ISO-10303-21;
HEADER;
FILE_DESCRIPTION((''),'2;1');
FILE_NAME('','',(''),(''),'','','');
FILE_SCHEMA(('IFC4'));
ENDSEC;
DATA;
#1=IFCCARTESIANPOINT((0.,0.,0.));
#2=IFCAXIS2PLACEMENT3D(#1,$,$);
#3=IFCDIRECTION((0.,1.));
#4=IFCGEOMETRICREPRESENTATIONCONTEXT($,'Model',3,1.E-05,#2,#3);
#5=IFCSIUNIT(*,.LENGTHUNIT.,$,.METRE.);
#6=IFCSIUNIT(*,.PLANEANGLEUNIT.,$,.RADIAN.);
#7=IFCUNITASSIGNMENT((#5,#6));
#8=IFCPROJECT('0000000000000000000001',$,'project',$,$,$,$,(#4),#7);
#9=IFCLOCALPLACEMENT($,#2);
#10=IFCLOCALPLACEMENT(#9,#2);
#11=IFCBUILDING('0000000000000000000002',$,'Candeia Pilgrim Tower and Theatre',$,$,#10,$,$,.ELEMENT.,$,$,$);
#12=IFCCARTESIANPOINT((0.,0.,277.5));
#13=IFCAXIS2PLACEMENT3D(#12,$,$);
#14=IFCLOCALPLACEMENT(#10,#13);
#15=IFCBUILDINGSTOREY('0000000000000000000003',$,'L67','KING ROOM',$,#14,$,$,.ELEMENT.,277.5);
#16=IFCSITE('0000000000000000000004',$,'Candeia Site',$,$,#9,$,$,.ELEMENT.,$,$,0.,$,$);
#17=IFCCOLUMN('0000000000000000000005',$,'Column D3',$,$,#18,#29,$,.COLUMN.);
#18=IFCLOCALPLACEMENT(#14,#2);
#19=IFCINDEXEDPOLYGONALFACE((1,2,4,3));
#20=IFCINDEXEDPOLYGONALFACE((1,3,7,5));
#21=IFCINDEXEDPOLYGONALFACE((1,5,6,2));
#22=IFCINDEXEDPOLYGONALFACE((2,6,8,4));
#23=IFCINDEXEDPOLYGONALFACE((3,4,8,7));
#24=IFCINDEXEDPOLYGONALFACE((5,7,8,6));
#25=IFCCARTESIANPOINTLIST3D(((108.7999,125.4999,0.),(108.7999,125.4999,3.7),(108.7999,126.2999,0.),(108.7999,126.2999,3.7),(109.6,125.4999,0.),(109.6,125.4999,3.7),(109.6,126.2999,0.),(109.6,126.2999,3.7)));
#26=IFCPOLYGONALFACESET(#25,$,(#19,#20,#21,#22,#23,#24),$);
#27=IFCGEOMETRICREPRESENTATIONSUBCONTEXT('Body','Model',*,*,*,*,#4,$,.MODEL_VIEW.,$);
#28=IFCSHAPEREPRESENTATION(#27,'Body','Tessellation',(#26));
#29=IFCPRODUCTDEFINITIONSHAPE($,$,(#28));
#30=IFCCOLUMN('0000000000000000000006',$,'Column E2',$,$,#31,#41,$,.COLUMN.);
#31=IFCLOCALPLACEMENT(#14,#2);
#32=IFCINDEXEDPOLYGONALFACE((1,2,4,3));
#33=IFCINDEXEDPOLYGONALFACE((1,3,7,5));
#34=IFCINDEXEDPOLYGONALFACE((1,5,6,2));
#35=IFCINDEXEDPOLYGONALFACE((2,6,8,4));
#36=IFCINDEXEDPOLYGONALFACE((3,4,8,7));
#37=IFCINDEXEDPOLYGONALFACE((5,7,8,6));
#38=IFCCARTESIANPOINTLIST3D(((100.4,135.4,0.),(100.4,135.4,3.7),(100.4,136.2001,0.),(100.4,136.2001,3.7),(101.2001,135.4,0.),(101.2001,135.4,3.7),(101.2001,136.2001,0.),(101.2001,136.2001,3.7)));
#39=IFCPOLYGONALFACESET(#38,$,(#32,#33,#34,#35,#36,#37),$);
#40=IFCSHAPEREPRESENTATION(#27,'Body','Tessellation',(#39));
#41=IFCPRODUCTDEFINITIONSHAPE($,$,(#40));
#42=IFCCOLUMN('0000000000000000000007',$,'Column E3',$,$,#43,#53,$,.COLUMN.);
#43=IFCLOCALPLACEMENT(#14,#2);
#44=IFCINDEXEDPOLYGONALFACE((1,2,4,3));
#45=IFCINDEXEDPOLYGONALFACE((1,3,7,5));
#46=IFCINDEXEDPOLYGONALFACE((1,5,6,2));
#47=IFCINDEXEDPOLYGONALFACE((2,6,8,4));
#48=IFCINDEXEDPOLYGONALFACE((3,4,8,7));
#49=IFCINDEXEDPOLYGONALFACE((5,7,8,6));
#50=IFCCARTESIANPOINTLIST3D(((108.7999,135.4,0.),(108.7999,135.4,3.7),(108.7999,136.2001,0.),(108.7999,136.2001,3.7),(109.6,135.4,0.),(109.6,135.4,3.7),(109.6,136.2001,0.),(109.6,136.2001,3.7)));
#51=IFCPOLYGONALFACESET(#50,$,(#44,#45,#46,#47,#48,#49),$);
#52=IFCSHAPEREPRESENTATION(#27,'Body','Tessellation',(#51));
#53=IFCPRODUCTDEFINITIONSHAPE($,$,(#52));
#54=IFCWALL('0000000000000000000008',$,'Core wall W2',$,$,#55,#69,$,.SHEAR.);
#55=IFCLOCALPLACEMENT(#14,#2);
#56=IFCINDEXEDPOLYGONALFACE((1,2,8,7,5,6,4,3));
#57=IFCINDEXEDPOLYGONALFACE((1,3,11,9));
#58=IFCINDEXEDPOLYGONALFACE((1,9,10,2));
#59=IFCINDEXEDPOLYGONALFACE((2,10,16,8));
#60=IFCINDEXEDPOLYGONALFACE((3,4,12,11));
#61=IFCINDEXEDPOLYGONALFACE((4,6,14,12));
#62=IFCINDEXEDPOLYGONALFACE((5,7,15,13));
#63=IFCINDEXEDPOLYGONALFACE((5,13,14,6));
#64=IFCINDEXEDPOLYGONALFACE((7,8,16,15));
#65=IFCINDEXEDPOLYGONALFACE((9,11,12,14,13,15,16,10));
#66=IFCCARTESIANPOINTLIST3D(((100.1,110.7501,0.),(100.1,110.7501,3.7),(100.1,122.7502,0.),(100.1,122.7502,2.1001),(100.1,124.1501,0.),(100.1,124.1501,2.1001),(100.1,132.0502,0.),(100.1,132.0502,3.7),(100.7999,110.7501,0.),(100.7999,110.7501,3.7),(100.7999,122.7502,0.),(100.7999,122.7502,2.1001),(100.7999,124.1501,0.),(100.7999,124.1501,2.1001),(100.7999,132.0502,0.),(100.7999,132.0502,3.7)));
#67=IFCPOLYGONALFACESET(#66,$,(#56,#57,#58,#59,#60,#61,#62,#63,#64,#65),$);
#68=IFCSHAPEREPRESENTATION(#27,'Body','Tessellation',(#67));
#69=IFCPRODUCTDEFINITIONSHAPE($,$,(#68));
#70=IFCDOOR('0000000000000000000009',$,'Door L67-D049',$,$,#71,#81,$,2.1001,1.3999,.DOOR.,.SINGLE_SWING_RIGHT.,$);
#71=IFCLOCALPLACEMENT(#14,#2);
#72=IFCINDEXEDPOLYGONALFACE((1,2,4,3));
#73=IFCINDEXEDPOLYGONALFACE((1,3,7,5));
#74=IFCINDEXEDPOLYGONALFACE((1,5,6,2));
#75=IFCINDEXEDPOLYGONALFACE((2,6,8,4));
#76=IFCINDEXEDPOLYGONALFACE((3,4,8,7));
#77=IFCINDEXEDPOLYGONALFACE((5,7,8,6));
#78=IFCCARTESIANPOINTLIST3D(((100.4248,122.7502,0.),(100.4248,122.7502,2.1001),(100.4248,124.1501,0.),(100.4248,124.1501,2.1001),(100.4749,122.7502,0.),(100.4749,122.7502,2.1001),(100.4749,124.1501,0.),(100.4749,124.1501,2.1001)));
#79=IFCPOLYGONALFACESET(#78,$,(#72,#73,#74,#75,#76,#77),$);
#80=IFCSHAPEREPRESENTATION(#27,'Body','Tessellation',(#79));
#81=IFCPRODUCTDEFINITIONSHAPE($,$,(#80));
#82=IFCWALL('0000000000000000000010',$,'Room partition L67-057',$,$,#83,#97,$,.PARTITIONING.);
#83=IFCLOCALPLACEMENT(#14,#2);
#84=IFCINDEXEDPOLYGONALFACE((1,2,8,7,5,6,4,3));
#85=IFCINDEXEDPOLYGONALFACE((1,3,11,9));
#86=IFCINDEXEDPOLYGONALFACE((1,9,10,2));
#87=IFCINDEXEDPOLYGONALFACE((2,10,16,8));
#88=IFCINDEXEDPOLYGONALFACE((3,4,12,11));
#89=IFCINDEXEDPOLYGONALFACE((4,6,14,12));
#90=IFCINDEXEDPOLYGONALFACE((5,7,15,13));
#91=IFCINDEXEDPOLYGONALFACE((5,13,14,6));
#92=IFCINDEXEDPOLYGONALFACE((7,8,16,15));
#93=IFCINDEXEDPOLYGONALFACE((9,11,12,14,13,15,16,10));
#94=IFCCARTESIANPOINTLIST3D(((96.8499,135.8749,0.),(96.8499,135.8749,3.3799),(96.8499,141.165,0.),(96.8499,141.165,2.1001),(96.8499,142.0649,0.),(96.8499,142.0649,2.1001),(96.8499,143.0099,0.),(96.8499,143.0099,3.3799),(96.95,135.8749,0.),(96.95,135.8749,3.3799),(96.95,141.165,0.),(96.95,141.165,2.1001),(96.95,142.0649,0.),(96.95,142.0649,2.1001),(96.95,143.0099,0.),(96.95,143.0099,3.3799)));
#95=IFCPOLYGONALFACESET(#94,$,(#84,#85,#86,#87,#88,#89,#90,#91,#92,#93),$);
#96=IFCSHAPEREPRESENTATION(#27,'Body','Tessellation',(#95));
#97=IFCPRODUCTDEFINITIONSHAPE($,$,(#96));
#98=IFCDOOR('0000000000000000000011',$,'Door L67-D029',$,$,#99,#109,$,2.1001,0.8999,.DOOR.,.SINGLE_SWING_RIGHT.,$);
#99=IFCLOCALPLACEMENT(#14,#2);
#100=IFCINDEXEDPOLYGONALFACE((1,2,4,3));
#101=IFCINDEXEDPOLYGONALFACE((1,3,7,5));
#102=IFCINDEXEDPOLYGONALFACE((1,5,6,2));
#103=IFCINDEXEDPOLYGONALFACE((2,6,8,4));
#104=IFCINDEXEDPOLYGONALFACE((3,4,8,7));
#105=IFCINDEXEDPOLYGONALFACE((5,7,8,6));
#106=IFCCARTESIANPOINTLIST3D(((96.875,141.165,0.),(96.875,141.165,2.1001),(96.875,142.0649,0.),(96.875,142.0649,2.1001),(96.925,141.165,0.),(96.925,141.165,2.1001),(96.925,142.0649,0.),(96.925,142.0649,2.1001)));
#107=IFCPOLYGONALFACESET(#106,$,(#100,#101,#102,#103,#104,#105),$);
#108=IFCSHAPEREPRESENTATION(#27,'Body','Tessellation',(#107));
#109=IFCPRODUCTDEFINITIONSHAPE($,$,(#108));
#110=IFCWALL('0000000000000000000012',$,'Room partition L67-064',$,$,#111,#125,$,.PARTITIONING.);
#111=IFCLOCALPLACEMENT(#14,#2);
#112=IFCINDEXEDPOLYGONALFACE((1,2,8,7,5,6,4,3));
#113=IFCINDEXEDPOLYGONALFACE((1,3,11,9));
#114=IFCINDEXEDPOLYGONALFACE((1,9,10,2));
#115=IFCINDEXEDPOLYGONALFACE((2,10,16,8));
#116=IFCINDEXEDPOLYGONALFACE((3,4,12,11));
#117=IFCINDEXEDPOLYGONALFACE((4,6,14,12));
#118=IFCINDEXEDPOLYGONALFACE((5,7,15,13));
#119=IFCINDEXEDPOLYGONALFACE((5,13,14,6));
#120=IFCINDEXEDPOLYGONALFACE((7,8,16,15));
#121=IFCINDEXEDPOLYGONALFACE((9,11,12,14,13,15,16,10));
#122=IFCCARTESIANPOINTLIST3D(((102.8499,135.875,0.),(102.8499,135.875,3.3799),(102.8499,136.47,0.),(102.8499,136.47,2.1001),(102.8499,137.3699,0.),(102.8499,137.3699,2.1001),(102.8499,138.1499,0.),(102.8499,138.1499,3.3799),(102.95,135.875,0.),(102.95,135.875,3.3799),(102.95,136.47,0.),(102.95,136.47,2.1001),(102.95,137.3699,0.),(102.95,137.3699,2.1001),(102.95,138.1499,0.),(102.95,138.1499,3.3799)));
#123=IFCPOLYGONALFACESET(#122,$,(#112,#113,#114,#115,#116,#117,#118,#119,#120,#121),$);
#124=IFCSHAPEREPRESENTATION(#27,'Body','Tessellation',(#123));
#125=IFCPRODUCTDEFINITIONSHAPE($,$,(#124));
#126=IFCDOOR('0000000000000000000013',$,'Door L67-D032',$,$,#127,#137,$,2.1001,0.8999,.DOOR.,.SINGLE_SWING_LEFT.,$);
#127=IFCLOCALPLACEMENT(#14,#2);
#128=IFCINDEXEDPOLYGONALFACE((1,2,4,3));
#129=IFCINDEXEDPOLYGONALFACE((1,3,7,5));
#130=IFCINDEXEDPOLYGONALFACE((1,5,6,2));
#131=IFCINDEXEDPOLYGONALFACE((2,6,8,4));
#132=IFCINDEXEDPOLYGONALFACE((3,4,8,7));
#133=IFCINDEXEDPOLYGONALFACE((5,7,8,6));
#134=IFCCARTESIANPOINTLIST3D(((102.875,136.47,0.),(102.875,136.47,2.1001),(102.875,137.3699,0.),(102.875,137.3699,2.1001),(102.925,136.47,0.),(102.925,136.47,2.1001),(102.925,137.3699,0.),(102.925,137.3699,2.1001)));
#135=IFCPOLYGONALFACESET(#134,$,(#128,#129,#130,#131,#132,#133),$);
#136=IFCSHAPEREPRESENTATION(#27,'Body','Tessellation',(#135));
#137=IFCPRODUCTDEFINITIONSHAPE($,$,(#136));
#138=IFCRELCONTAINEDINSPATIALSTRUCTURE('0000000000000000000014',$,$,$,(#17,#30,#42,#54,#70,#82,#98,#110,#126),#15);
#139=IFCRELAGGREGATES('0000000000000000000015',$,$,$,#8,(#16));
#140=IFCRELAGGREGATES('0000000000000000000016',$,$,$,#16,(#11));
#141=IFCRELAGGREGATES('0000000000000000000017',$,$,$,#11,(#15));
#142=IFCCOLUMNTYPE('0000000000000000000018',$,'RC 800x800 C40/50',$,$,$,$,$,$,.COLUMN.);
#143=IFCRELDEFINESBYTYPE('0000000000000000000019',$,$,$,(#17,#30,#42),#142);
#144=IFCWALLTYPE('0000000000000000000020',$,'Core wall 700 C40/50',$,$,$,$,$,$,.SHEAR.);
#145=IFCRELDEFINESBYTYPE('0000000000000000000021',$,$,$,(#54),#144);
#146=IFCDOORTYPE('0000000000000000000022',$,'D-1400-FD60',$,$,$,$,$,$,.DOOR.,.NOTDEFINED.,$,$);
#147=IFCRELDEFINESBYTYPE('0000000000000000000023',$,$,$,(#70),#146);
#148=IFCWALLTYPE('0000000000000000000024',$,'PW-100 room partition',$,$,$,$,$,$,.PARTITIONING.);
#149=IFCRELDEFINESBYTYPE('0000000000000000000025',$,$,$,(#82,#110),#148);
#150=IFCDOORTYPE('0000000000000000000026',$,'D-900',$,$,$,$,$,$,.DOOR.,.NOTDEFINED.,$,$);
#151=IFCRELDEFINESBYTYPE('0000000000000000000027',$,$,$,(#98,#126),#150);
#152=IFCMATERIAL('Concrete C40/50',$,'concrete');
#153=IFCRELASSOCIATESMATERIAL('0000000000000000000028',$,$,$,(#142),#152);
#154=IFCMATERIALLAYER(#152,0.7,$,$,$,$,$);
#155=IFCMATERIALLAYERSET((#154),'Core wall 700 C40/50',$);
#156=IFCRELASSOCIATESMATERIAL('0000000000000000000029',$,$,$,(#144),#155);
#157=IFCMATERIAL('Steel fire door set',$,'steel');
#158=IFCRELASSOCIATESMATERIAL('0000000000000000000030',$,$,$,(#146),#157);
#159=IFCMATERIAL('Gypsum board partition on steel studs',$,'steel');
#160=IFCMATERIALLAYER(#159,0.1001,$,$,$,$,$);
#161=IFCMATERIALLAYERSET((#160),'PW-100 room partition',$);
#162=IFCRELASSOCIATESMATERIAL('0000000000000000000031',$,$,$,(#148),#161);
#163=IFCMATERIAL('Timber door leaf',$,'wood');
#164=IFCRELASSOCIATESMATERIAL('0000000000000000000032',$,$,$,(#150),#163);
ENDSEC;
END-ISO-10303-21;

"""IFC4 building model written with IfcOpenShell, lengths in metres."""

from ifc_helpers import new_model, si_unit, direction, frame, frame_2d, origin, origin_2d, place, context, subcontext, project, spatial, rectangle, extrude, material, layer, layer_set, material_profile, profile_set, type_object, element, fill, save


model = new_model("IFC4")

# Units and contexts
model_context = context("Model", 3, precision=1e-05, world=origin(), true_north=direction((0.0, 1.0)))
body_context = subcontext(model_context, "Body", "Model", "MODEL_VIEW")
ifc_project = project(units=[si_unit("LENGTHUNIT", "METRE"), si_unit("PLANEANGLEUNIT", "RADIAN")], contexts=[model_context])

# Site, building, storey
site_placement = place(None, origin())
site = spatial("IfcSite", under=ifc_project, at=site_placement, Name="Candeia Site", CompositionType="ELEMENT", RefElevation=0.0)
building_placement = place(site_placement, origin())
building = spatial("IfcBuilding", under=site, at=building_placement, Name="Candeia Pilgrim Tower and Theatre", CompositionType="ELEMENT")
storey_placement = place(building_placement, frame((0.0, 0.0, 277.5)))
storey = spatial("IfcBuildingStorey", under=building, at=storey_placement, Name="L67", Description="KING ROOM", CompositionType="ELEMENT", Elevation=277.5)

# Columns
ifc_material_1 = material(Name="Concrete C40/50", Category="concrete")
ifc_material_profile = material_profile(ifc_material_1, rectangle(XDim=0.8, YDim=0.8, at=origin_2d()))
ifc_profile_set = profile_set([ifc_material_profile], Name="Concrete C40/50")
column_type = type_object("IfcColumnType", Name="RC 800x800 C40/50", PredefinedType="COLUMN", material=ifc_profile_set)
for number, where, z_axis, x_axis, name in (
    (1, (109.2, 125.8999, 0.0), (0.0, 0.0, 1.0), (1.0, 0.0, 0.0), "Column D3"),
    (2, (100.8, 135.8, 0.0), (0.0, 0.0, 1.0), (1.0, 0.0, 0.0), "Column E2"),
    (3, (109.2, 135.8, 0.0), (0.0, 0.0, 1.0), (1.0, 0.0, 0.0), "Column E3"),
):
    element("IfcColumn", number, at=place(storey_placement, frame(where, z_axis=z_axis, x_axis=x_axis)), inside=storey, type_object=column_type, Name=name, PredefinedType="COLUMN", context=body_context, shape_type="SweptSolid", body=[
        extrude(rectangle(XDim=0.8, YDim=0.8, at=origin_2d()), origin(), (0.0, 0.0, 1.0), 3.7),
    ])

# Walls, openings, doors
ifc_layer_1 = layer(ifc_material_1, 0.7)
ifc_layer_set_1 = layer_set([ifc_layer_1], Name="Core wall 700 C40/50")
wall_type_1 = type_object("IfcWallType", Name="Core wall 700 C40/50", PredefinedType="SHEAR", material=ifc_layer_set_1)
wall_1_placement = place(storey_placement, frame((100.45, 132.05, 0.0), z_axis=(0.0, 0.0, 1.0), x_axis=(0.0, -1.0, 0.0)))
wall_1 = element("IfcWall", 4, at=wall_1_placement, inside=storey, type_object=wall_type_1, Name="Core wall W2", PredefinedType="SHEAR", context=body_context, shape_type="SweptSolid", body=[
    extrude(rectangle(XDim=21.3, YDim=0.7, at=frame_2d((10.6499, 0.0))), origin(), (0.0, 0.0, 1.0), 3.7),
])
opening_1_placement = place(wall_1_placement, frame((7.8999, 0.0, 0.0)))
opening_1 = element("IfcOpeningElement", 5, at=opening_1_placement, cuts=wall_1, PredefinedType="OPENING", context=body_context, shape_type="SweptSolid", body=[
    extrude(rectangle(XDim=1.3999, YDim=2.1001, at=frame_2d((0.7, 1.05))), frame((0.0, 0.3599, 0.0), z_axis=(0.0, -1.0, 0.0), x_axis=(1.0, 0.0, 0.0)), (0.0, 0.0, 1.0), 0.72),
])
ifc_material_2 = material(Name="Steel fire door set", Category="steel")
door_type_1 = type_object("IfcDoorType", Name="D-1400-FD60", OperationType="NOTDEFINED", PredefinedType="DOOR", material=ifc_material_2)
door_1_placement = place(opening_1_placement, origin())
door_1 = element("IfcDoor", 6, at=door_1_placement, inside=storey, type_object=door_type_1, Name="Door L67-D049", OperationType="SINGLE_SWING_RIGHT", OverallHeight=2.1001, OverallWidth=1.3999, PredefinedType="DOOR", context=body_context, shape_type="SweptSolid", body=[
    extrude(rectangle(XDim=1.3999, YDim=2.1001, at=frame_2d((0.7, 1.05))), frame((0.0, 0.0249, 0.0), z_axis=(0.0, -1.0, 0.0), x_axis=(1.0, 0.0, 0.0)), (0.0, 0.0, 1.0), 0.05),
])
fill(opening_1, door_1)
ifc_material_3 = material(Name="Gypsum board partition on steel studs", Category="steel")
ifc_layer_2 = layer(ifc_material_3, 0.1001)
ifc_layer_set_2 = layer_set([ifc_layer_2], Name="PW-100 room partition")
wall_type_2 = type_object("IfcWallType", Name="PW-100 room partition", PredefinedType="PARTITIONING", material=ifc_layer_set_2)
wall_2_placement = place(storey_placement, frame((96.8999, 135.875, 0.0), z_axis=(0.0, 0.0, 1.0), x_axis=(0.0, 1.0, 0.0)))
wall_2 = element("IfcWall", 7, at=wall_2_placement, inside=storey, type_object=wall_type_2, Name="Room partition L67-057", PredefinedType="PARTITIONING", context=body_context, shape_type="SweptSolid", body=[
    extrude(rectangle(XDim=7.135, YDim=0.1001, at=frame_2d((3.5674, 0.0))), origin(), (0.0, 0.0, 1.0), 3.3799),
])
opening_2_placement = place(wall_2_placement, frame((5.29, 0.0, 0.0)))
opening_2 = element("IfcOpeningElement", 8, at=opening_2_placement, cuts=wall_2, PredefinedType="OPENING", context=body_context, shape_type="SweptSolid", body=[
    extrude(rectangle(XDim=0.8999, YDim=2.1001, at=frame_2d((0.45, 1.05))), frame((0.0, 0.0601, 0.0), z_axis=(0.0, -1.0, 0.0), x_axis=(1.0, 0.0, 0.0)), (0.0, 0.0, 1.0), 0.1201),
])
ifc_material_4 = material(Name="Timber door leaf", Category="wood")
door_type_2 = type_object("IfcDoorType", Name="D-900", OperationType="NOTDEFINED", PredefinedType="DOOR", material=ifc_material_4)
door_2_placement = place(opening_2_placement, origin())
door_2 = element("IfcDoor", 9, at=door_2_placement, inside=storey, type_object=door_type_2, Name="Door L67-D029", OperationType="SINGLE_SWING_RIGHT", OverallHeight=2.1001, OverallWidth=0.8999, PredefinedType="DOOR", context=body_context, shape_type="SweptSolid", body=[
    extrude(rectangle(XDim=0.8999, YDim=2.1001, at=frame_2d((0.45, 1.05))), frame((0.0, 0.0249, 0.0), z_axis=(0.0, -1.0, 0.0), x_axis=(1.0, 0.0, 0.0)), (0.0, 0.0, 1.0), 0.05),
])
fill(opening_2, door_2)
wall_3_placement = place(storey_placement, frame((102.8999, 135.875, 0.0), z_axis=(0.0, 0.0, 1.0), x_axis=(0.0, 1.0, 0.0)))
wall_3 = element("IfcWall", 10, at=wall_3_placement, inside=storey, type_object=wall_type_2, Name="Room partition L67-064", PredefinedType="PARTITIONING", context=body_context, shape_type="SweptSolid", body=[
    extrude(rectangle(XDim=2.2749, YDim=0.1001, at=frame_2d((1.1375, 0.0))), origin(), (0.0, 0.0, 1.0), 3.3799),
])
opening_3_placement = place(wall_3_placement, frame((0.595, 0.0, 0.0)))
opening_3 = element("IfcOpeningElement", 11, at=opening_3_placement, cuts=wall_3, PredefinedType="OPENING", context=body_context, shape_type="SweptSolid", body=[
    extrude(rectangle(XDim=0.8999, YDim=2.1001, at=frame_2d((0.45, 1.05))), frame((0.0, 0.0601, 0.0), z_axis=(0.0, -1.0, 0.0), x_axis=(1.0, 0.0, 0.0)), (0.0, 0.0, 1.0), 0.1201),
])
door_3_placement = place(opening_3_placement, origin())
door_3 = element("IfcDoor", 12, at=door_3_placement, inside=storey, type_object=door_type_2, Name="Door L67-D032", OperationType="SINGLE_SWING_LEFT", OverallHeight=2.1001, OverallWidth=0.8999, PredefinedType="DOOR", context=body_context, shape_type="SweptSolid", body=[
    extrude(rectangle(XDim=0.8999, YDim=2.1001, at=frame_2d((0.45, 1.05))), frame((0.0, 0.0249, 0.0), z_axis=(0.0, -1.0, 0.0), x_axis=(1.0, 0.0, 0.0)), (0.0, 0.0, 1.0), 0.05),
])
fill(opening_3, door_3)

save(model, "model.ifc")
